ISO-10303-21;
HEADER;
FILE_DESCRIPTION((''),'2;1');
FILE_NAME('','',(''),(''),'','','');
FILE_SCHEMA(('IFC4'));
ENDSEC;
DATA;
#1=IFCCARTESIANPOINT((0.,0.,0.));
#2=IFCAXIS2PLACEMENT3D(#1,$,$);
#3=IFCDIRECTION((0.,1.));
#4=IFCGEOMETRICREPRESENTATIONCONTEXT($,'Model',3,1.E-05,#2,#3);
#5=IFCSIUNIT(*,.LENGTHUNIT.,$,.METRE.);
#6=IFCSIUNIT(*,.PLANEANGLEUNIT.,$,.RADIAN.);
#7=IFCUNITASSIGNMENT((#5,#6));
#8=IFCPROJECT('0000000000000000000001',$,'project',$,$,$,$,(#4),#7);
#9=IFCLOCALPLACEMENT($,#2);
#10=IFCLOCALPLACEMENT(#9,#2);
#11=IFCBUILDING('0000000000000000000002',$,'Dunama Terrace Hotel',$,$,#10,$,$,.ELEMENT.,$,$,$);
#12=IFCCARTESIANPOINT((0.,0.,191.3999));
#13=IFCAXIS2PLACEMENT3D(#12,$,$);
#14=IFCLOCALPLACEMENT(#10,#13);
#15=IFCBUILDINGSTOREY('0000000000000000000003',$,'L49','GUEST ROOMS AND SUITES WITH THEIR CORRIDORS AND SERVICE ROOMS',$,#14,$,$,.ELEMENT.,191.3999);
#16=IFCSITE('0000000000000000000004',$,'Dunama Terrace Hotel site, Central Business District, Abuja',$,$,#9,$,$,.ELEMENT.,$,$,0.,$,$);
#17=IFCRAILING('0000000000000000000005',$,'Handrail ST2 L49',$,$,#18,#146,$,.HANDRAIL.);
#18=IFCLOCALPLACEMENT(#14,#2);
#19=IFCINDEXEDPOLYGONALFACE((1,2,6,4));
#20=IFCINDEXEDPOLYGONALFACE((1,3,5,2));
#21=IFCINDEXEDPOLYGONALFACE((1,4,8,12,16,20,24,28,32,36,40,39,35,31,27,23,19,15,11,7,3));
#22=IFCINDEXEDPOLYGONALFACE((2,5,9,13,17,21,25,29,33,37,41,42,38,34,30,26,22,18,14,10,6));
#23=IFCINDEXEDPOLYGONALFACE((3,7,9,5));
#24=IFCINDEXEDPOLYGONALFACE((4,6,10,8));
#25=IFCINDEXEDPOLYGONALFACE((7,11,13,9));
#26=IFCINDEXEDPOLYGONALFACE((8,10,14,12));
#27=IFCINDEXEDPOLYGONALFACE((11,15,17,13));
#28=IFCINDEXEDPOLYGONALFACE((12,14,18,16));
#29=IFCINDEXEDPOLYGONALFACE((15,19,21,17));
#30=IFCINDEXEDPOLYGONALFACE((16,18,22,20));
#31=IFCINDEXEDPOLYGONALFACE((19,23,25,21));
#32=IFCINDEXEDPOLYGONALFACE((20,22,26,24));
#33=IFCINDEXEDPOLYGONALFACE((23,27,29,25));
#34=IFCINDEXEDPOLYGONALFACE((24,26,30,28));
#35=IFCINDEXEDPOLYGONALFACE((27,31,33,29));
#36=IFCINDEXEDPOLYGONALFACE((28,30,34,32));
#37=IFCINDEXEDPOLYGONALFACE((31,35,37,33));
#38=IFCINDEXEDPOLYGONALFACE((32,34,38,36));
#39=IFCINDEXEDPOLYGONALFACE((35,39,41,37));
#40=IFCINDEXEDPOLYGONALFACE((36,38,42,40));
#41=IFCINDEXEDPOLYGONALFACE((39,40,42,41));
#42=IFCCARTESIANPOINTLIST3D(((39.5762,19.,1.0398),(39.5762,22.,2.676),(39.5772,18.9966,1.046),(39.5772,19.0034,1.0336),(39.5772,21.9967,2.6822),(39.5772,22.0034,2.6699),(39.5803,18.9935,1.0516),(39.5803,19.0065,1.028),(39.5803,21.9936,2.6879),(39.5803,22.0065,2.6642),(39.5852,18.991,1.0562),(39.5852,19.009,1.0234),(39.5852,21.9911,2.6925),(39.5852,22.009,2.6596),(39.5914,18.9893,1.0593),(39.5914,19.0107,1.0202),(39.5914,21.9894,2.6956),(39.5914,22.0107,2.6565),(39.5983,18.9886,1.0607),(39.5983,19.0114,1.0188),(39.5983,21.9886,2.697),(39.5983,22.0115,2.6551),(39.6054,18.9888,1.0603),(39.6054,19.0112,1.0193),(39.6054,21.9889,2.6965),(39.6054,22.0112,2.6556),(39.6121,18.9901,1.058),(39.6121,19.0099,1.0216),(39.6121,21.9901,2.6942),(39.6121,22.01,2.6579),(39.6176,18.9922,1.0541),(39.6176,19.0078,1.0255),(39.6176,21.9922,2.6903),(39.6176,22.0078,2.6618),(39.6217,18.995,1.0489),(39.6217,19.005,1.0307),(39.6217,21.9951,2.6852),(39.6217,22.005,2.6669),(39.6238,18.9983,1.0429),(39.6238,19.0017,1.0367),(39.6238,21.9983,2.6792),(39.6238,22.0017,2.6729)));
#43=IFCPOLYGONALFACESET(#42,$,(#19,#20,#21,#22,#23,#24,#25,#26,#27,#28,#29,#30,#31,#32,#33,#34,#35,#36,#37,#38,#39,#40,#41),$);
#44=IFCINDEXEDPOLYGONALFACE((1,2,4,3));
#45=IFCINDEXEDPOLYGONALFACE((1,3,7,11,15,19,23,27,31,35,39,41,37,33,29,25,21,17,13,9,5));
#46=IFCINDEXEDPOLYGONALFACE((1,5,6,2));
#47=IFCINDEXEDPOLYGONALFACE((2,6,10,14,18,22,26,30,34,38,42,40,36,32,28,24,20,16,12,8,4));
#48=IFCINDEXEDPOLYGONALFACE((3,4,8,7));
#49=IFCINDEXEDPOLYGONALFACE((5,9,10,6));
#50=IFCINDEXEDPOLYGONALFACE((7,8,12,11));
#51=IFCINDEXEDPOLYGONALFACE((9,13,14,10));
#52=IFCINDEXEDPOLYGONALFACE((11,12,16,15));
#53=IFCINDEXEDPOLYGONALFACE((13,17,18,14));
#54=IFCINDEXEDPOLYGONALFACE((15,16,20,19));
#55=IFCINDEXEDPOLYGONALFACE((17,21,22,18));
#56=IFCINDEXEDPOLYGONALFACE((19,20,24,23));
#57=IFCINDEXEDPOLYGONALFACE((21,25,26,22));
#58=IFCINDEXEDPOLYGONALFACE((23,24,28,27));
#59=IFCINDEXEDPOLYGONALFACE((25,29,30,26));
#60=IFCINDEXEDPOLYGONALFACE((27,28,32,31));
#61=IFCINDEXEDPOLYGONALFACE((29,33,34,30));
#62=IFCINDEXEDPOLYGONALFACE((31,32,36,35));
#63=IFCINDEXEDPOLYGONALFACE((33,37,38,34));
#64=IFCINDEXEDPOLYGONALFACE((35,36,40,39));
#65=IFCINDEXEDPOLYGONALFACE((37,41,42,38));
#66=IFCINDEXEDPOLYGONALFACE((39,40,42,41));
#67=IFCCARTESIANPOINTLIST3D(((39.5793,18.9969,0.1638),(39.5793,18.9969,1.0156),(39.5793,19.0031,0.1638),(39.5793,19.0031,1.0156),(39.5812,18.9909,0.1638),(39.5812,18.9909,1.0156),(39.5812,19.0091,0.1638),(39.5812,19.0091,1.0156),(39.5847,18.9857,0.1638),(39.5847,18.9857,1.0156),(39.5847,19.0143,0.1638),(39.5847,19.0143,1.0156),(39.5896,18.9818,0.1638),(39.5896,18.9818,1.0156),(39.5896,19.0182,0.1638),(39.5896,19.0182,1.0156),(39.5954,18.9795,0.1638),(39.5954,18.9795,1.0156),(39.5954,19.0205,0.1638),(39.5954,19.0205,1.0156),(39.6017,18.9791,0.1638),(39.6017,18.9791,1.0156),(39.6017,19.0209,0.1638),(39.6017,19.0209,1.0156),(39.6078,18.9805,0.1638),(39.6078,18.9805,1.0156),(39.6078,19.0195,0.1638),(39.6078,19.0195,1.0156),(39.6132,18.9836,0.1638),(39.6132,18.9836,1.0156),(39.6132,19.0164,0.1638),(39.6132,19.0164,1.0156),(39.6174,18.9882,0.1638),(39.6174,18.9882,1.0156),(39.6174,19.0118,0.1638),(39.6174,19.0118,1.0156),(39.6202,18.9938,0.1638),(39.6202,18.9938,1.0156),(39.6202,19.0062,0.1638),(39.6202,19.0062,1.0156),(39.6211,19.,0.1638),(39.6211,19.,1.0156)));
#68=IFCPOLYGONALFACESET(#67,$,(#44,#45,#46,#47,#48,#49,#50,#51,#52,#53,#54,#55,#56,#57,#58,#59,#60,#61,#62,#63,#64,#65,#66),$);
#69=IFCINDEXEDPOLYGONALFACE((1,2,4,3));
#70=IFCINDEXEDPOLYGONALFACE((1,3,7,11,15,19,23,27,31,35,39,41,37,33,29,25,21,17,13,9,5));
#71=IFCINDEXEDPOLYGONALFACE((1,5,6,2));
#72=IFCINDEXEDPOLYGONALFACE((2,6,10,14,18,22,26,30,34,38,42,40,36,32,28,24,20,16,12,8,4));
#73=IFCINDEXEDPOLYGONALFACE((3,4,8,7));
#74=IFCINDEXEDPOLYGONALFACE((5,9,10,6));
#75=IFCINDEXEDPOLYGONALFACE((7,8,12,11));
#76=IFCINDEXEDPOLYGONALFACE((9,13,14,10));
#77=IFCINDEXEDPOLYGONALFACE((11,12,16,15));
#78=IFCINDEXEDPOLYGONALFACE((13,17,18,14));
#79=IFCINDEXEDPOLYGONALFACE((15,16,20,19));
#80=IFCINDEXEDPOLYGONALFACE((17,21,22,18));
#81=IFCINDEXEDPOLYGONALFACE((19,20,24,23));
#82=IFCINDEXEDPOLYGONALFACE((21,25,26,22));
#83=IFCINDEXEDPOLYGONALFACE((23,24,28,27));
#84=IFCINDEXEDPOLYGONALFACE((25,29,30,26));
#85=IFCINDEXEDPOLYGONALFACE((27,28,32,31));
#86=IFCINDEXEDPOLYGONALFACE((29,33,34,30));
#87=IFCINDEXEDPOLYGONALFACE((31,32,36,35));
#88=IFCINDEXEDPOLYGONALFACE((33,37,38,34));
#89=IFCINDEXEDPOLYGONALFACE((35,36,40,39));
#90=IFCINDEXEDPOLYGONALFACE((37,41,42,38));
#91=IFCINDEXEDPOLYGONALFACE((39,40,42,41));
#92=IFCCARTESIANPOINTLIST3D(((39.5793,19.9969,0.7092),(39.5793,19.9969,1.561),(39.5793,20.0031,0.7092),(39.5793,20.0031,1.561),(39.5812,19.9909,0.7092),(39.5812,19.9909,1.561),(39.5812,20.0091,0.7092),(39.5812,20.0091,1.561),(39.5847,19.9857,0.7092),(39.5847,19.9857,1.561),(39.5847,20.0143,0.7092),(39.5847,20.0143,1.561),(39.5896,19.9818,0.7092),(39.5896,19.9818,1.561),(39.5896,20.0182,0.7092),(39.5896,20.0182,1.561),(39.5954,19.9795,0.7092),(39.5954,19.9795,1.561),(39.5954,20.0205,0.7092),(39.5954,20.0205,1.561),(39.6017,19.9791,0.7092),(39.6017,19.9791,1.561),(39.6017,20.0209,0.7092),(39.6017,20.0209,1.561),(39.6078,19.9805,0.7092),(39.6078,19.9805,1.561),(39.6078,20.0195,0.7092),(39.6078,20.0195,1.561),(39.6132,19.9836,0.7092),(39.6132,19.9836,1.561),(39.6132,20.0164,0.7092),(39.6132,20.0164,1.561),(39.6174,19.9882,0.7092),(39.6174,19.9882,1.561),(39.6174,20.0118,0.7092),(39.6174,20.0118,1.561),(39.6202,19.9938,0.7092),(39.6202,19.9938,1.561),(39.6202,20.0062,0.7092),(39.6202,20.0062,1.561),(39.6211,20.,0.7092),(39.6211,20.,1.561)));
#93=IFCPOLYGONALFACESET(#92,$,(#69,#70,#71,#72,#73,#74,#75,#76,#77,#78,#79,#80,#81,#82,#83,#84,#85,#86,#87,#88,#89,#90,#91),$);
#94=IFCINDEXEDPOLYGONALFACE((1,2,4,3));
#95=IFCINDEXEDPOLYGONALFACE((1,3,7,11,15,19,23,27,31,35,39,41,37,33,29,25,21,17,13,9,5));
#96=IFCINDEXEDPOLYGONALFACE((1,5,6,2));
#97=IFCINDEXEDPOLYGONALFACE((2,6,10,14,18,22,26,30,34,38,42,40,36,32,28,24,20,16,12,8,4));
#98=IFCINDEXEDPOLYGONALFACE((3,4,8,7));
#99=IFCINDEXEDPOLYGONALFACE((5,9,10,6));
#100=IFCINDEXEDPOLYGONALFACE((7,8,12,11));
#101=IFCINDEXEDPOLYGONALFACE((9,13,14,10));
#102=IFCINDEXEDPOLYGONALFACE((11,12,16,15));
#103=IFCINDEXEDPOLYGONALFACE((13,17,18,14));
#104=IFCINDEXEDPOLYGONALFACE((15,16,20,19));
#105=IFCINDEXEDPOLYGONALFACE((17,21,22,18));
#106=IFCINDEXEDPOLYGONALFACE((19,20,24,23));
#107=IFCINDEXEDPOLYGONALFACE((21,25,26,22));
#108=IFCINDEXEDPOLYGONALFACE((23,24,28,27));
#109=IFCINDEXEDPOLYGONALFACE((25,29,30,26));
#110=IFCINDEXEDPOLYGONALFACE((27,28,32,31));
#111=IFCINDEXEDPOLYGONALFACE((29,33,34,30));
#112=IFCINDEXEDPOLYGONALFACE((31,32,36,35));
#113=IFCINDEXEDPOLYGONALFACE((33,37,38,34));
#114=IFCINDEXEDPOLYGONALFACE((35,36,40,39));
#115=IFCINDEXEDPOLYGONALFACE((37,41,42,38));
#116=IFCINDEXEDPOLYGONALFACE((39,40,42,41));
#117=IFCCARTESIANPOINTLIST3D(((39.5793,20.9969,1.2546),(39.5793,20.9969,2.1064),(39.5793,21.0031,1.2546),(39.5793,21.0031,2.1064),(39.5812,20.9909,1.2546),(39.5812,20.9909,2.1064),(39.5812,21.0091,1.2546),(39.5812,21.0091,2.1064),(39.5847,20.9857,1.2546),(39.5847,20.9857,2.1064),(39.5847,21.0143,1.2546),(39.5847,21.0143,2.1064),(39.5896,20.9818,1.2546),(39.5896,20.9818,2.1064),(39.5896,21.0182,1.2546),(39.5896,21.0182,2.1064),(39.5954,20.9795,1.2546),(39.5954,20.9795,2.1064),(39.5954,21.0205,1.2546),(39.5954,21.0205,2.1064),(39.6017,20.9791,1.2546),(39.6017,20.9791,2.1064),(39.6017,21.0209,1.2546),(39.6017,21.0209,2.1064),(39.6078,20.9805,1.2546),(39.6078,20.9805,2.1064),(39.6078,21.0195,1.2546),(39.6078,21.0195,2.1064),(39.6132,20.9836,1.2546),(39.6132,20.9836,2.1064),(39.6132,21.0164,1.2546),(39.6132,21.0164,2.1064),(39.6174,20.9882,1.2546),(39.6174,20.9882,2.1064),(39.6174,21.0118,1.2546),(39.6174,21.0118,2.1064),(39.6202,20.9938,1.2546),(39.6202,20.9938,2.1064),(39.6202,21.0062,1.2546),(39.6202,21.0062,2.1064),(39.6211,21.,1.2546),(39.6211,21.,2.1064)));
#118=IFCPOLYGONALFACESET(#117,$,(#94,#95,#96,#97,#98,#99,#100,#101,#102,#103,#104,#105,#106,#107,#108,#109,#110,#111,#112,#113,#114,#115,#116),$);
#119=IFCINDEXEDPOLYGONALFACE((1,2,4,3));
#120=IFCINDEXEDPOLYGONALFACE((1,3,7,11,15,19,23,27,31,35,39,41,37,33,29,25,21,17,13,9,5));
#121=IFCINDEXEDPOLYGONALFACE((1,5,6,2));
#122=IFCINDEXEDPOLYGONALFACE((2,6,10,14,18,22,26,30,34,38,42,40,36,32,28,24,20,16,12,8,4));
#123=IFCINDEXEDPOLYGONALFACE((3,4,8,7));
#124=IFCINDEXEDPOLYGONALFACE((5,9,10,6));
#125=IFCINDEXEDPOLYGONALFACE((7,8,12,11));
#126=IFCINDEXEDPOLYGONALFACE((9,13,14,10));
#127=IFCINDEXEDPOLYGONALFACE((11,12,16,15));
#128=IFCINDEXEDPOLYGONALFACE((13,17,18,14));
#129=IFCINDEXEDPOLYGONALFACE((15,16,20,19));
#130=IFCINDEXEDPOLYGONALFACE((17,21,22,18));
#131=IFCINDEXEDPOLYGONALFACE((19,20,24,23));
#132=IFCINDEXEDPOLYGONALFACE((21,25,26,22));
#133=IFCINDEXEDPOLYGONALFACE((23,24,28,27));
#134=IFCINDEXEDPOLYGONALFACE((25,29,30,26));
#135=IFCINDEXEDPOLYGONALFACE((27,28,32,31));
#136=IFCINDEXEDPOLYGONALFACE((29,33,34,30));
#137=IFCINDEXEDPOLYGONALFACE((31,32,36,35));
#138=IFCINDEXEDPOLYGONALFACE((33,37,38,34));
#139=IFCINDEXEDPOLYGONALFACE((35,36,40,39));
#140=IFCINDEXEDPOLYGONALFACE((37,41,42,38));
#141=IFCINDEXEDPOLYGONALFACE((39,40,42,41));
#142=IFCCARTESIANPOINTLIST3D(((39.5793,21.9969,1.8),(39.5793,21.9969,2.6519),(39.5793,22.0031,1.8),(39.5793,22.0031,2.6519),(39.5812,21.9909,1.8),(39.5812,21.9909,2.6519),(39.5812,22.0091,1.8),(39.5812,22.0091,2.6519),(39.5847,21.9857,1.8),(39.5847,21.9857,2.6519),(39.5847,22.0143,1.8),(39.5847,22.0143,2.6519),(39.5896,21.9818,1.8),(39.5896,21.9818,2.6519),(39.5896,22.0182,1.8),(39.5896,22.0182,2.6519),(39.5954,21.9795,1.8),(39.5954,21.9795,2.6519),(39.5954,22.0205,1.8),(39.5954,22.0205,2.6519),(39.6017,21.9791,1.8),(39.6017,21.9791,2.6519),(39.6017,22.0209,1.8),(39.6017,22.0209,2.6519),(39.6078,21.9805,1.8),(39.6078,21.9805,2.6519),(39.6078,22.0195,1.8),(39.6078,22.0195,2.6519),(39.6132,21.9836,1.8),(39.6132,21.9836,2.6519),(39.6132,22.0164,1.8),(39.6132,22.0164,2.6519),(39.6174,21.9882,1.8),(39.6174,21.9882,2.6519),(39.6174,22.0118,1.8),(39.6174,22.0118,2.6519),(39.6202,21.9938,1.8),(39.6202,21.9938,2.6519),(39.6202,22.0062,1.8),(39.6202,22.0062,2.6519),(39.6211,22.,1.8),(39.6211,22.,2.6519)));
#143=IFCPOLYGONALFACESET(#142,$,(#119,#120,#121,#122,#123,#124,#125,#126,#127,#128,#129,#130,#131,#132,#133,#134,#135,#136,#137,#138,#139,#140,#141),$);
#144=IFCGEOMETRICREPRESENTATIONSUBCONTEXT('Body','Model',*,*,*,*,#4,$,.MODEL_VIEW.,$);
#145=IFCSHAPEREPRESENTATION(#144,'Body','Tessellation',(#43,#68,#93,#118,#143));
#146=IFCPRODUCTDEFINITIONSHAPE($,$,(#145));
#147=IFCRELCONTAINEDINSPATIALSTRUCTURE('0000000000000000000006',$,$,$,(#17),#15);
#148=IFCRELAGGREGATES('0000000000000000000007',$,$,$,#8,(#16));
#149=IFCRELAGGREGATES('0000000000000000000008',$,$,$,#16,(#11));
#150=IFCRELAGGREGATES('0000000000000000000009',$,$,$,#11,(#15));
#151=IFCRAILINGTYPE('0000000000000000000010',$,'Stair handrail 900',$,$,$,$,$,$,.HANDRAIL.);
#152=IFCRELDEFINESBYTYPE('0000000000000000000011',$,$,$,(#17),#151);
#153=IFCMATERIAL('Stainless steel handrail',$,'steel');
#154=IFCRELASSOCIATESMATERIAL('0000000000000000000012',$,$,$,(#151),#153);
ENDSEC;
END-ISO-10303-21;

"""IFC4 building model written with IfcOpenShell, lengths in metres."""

from ifc_helpers import new_model, si_unit, direction, frame, origin, origin_2d, place, context, subcontext, project, spatial, circle, extrude, material, type_object, element, save


model = new_model("IFC4")

# Units and contexts
model_context = context("Model", 3, precision=1e-05, world=origin(), true_north=direction((0.0, 1.0)))
body_context = subcontext(model_context, "Body", "Model", "MODEL_VIEW")
ifc_project = project(units=[si_unit("LENGTHUNIT", "METRE"), si_unit("PLANEANGLEUNIT", "RADIAN")], contexts=[model_context])

# Site, building, storey
site_placement = place(None, origin())
site = spatial("IfcSite", under=ifc_project, at=site_placement, Name="Dunama Terrace Hotel site, Central Business District, Abuja", CompositionType="ELEMENT", RefElevation=0.0)
building_placement = place(site_placement, origin())
building = spatial("IfcBuilding", under=site, at=building_placement, Name="Dunama Terrace Hotel", CompositionType="ELEMENT")
storey_placement = place(building_placement, frame((0.0, 0.0, 191.3999)))
storey = spatial("IfcBuildingStorey", under=building, at=storey_placement, Name="L49", Description="GUEST ROOMS AND SUITES WITH THEIR CORRIDORS AND SERVICE ROOMS", CompositionType="ELEMENT", Elevation=191.3999)

# Railing
ifc_material_1 = material(Name="Stainless steel handrail", Category="steel")
railing_type = type_object("IfcRailingType", Name="Stair handrail 900", PredefinedType="HANDRAIL", material=ifc_material_1)
railing_1_placement = place(storey_placement, frame((39.6001, 19.0, 0.1638)))
element("IfcRailing", 1, at=railing_1_placement, inside=storey, type_object=railing_type, Name="Handrail ST2 L49", PredefinedType="HANDRAIL", context=body_context, shape_type="SweptSolid", body=[
    extrude(circle(Radius=0.0239, at=origin_2d()), frame((0.0, 0.0, 0.876), z_axis=(0.0, 0.877912, 0.478822), x_axis=(-1.0, 0.0, 0.0)), (0.0, 0.0, 1.0), 3.4172),
    extrude(circle(Radius=0.021, at=origin_2d()), origin(), (0.0, 0.0, 1.0), 0.8518),
    extrude(circle(Radius=0.021, at=origin_2d()), frame((0.0, 1.0, 0.5454)), (0.0, 0.0, 1.0), 0.8518),
    extrude(circle(Radius=0.021, at=origin_2d()), frame((0.0, 2.0, 1.0908)), (0.0, 0.0, 1.0), 0.8518),
    extrude(circle(Radius=0.021, at=origin_2d()), frame((0.0, 3.0, 1.6362)), (0.0, 0.0, 1.0), 0.8518),
])

save(model, "model.ifc")
